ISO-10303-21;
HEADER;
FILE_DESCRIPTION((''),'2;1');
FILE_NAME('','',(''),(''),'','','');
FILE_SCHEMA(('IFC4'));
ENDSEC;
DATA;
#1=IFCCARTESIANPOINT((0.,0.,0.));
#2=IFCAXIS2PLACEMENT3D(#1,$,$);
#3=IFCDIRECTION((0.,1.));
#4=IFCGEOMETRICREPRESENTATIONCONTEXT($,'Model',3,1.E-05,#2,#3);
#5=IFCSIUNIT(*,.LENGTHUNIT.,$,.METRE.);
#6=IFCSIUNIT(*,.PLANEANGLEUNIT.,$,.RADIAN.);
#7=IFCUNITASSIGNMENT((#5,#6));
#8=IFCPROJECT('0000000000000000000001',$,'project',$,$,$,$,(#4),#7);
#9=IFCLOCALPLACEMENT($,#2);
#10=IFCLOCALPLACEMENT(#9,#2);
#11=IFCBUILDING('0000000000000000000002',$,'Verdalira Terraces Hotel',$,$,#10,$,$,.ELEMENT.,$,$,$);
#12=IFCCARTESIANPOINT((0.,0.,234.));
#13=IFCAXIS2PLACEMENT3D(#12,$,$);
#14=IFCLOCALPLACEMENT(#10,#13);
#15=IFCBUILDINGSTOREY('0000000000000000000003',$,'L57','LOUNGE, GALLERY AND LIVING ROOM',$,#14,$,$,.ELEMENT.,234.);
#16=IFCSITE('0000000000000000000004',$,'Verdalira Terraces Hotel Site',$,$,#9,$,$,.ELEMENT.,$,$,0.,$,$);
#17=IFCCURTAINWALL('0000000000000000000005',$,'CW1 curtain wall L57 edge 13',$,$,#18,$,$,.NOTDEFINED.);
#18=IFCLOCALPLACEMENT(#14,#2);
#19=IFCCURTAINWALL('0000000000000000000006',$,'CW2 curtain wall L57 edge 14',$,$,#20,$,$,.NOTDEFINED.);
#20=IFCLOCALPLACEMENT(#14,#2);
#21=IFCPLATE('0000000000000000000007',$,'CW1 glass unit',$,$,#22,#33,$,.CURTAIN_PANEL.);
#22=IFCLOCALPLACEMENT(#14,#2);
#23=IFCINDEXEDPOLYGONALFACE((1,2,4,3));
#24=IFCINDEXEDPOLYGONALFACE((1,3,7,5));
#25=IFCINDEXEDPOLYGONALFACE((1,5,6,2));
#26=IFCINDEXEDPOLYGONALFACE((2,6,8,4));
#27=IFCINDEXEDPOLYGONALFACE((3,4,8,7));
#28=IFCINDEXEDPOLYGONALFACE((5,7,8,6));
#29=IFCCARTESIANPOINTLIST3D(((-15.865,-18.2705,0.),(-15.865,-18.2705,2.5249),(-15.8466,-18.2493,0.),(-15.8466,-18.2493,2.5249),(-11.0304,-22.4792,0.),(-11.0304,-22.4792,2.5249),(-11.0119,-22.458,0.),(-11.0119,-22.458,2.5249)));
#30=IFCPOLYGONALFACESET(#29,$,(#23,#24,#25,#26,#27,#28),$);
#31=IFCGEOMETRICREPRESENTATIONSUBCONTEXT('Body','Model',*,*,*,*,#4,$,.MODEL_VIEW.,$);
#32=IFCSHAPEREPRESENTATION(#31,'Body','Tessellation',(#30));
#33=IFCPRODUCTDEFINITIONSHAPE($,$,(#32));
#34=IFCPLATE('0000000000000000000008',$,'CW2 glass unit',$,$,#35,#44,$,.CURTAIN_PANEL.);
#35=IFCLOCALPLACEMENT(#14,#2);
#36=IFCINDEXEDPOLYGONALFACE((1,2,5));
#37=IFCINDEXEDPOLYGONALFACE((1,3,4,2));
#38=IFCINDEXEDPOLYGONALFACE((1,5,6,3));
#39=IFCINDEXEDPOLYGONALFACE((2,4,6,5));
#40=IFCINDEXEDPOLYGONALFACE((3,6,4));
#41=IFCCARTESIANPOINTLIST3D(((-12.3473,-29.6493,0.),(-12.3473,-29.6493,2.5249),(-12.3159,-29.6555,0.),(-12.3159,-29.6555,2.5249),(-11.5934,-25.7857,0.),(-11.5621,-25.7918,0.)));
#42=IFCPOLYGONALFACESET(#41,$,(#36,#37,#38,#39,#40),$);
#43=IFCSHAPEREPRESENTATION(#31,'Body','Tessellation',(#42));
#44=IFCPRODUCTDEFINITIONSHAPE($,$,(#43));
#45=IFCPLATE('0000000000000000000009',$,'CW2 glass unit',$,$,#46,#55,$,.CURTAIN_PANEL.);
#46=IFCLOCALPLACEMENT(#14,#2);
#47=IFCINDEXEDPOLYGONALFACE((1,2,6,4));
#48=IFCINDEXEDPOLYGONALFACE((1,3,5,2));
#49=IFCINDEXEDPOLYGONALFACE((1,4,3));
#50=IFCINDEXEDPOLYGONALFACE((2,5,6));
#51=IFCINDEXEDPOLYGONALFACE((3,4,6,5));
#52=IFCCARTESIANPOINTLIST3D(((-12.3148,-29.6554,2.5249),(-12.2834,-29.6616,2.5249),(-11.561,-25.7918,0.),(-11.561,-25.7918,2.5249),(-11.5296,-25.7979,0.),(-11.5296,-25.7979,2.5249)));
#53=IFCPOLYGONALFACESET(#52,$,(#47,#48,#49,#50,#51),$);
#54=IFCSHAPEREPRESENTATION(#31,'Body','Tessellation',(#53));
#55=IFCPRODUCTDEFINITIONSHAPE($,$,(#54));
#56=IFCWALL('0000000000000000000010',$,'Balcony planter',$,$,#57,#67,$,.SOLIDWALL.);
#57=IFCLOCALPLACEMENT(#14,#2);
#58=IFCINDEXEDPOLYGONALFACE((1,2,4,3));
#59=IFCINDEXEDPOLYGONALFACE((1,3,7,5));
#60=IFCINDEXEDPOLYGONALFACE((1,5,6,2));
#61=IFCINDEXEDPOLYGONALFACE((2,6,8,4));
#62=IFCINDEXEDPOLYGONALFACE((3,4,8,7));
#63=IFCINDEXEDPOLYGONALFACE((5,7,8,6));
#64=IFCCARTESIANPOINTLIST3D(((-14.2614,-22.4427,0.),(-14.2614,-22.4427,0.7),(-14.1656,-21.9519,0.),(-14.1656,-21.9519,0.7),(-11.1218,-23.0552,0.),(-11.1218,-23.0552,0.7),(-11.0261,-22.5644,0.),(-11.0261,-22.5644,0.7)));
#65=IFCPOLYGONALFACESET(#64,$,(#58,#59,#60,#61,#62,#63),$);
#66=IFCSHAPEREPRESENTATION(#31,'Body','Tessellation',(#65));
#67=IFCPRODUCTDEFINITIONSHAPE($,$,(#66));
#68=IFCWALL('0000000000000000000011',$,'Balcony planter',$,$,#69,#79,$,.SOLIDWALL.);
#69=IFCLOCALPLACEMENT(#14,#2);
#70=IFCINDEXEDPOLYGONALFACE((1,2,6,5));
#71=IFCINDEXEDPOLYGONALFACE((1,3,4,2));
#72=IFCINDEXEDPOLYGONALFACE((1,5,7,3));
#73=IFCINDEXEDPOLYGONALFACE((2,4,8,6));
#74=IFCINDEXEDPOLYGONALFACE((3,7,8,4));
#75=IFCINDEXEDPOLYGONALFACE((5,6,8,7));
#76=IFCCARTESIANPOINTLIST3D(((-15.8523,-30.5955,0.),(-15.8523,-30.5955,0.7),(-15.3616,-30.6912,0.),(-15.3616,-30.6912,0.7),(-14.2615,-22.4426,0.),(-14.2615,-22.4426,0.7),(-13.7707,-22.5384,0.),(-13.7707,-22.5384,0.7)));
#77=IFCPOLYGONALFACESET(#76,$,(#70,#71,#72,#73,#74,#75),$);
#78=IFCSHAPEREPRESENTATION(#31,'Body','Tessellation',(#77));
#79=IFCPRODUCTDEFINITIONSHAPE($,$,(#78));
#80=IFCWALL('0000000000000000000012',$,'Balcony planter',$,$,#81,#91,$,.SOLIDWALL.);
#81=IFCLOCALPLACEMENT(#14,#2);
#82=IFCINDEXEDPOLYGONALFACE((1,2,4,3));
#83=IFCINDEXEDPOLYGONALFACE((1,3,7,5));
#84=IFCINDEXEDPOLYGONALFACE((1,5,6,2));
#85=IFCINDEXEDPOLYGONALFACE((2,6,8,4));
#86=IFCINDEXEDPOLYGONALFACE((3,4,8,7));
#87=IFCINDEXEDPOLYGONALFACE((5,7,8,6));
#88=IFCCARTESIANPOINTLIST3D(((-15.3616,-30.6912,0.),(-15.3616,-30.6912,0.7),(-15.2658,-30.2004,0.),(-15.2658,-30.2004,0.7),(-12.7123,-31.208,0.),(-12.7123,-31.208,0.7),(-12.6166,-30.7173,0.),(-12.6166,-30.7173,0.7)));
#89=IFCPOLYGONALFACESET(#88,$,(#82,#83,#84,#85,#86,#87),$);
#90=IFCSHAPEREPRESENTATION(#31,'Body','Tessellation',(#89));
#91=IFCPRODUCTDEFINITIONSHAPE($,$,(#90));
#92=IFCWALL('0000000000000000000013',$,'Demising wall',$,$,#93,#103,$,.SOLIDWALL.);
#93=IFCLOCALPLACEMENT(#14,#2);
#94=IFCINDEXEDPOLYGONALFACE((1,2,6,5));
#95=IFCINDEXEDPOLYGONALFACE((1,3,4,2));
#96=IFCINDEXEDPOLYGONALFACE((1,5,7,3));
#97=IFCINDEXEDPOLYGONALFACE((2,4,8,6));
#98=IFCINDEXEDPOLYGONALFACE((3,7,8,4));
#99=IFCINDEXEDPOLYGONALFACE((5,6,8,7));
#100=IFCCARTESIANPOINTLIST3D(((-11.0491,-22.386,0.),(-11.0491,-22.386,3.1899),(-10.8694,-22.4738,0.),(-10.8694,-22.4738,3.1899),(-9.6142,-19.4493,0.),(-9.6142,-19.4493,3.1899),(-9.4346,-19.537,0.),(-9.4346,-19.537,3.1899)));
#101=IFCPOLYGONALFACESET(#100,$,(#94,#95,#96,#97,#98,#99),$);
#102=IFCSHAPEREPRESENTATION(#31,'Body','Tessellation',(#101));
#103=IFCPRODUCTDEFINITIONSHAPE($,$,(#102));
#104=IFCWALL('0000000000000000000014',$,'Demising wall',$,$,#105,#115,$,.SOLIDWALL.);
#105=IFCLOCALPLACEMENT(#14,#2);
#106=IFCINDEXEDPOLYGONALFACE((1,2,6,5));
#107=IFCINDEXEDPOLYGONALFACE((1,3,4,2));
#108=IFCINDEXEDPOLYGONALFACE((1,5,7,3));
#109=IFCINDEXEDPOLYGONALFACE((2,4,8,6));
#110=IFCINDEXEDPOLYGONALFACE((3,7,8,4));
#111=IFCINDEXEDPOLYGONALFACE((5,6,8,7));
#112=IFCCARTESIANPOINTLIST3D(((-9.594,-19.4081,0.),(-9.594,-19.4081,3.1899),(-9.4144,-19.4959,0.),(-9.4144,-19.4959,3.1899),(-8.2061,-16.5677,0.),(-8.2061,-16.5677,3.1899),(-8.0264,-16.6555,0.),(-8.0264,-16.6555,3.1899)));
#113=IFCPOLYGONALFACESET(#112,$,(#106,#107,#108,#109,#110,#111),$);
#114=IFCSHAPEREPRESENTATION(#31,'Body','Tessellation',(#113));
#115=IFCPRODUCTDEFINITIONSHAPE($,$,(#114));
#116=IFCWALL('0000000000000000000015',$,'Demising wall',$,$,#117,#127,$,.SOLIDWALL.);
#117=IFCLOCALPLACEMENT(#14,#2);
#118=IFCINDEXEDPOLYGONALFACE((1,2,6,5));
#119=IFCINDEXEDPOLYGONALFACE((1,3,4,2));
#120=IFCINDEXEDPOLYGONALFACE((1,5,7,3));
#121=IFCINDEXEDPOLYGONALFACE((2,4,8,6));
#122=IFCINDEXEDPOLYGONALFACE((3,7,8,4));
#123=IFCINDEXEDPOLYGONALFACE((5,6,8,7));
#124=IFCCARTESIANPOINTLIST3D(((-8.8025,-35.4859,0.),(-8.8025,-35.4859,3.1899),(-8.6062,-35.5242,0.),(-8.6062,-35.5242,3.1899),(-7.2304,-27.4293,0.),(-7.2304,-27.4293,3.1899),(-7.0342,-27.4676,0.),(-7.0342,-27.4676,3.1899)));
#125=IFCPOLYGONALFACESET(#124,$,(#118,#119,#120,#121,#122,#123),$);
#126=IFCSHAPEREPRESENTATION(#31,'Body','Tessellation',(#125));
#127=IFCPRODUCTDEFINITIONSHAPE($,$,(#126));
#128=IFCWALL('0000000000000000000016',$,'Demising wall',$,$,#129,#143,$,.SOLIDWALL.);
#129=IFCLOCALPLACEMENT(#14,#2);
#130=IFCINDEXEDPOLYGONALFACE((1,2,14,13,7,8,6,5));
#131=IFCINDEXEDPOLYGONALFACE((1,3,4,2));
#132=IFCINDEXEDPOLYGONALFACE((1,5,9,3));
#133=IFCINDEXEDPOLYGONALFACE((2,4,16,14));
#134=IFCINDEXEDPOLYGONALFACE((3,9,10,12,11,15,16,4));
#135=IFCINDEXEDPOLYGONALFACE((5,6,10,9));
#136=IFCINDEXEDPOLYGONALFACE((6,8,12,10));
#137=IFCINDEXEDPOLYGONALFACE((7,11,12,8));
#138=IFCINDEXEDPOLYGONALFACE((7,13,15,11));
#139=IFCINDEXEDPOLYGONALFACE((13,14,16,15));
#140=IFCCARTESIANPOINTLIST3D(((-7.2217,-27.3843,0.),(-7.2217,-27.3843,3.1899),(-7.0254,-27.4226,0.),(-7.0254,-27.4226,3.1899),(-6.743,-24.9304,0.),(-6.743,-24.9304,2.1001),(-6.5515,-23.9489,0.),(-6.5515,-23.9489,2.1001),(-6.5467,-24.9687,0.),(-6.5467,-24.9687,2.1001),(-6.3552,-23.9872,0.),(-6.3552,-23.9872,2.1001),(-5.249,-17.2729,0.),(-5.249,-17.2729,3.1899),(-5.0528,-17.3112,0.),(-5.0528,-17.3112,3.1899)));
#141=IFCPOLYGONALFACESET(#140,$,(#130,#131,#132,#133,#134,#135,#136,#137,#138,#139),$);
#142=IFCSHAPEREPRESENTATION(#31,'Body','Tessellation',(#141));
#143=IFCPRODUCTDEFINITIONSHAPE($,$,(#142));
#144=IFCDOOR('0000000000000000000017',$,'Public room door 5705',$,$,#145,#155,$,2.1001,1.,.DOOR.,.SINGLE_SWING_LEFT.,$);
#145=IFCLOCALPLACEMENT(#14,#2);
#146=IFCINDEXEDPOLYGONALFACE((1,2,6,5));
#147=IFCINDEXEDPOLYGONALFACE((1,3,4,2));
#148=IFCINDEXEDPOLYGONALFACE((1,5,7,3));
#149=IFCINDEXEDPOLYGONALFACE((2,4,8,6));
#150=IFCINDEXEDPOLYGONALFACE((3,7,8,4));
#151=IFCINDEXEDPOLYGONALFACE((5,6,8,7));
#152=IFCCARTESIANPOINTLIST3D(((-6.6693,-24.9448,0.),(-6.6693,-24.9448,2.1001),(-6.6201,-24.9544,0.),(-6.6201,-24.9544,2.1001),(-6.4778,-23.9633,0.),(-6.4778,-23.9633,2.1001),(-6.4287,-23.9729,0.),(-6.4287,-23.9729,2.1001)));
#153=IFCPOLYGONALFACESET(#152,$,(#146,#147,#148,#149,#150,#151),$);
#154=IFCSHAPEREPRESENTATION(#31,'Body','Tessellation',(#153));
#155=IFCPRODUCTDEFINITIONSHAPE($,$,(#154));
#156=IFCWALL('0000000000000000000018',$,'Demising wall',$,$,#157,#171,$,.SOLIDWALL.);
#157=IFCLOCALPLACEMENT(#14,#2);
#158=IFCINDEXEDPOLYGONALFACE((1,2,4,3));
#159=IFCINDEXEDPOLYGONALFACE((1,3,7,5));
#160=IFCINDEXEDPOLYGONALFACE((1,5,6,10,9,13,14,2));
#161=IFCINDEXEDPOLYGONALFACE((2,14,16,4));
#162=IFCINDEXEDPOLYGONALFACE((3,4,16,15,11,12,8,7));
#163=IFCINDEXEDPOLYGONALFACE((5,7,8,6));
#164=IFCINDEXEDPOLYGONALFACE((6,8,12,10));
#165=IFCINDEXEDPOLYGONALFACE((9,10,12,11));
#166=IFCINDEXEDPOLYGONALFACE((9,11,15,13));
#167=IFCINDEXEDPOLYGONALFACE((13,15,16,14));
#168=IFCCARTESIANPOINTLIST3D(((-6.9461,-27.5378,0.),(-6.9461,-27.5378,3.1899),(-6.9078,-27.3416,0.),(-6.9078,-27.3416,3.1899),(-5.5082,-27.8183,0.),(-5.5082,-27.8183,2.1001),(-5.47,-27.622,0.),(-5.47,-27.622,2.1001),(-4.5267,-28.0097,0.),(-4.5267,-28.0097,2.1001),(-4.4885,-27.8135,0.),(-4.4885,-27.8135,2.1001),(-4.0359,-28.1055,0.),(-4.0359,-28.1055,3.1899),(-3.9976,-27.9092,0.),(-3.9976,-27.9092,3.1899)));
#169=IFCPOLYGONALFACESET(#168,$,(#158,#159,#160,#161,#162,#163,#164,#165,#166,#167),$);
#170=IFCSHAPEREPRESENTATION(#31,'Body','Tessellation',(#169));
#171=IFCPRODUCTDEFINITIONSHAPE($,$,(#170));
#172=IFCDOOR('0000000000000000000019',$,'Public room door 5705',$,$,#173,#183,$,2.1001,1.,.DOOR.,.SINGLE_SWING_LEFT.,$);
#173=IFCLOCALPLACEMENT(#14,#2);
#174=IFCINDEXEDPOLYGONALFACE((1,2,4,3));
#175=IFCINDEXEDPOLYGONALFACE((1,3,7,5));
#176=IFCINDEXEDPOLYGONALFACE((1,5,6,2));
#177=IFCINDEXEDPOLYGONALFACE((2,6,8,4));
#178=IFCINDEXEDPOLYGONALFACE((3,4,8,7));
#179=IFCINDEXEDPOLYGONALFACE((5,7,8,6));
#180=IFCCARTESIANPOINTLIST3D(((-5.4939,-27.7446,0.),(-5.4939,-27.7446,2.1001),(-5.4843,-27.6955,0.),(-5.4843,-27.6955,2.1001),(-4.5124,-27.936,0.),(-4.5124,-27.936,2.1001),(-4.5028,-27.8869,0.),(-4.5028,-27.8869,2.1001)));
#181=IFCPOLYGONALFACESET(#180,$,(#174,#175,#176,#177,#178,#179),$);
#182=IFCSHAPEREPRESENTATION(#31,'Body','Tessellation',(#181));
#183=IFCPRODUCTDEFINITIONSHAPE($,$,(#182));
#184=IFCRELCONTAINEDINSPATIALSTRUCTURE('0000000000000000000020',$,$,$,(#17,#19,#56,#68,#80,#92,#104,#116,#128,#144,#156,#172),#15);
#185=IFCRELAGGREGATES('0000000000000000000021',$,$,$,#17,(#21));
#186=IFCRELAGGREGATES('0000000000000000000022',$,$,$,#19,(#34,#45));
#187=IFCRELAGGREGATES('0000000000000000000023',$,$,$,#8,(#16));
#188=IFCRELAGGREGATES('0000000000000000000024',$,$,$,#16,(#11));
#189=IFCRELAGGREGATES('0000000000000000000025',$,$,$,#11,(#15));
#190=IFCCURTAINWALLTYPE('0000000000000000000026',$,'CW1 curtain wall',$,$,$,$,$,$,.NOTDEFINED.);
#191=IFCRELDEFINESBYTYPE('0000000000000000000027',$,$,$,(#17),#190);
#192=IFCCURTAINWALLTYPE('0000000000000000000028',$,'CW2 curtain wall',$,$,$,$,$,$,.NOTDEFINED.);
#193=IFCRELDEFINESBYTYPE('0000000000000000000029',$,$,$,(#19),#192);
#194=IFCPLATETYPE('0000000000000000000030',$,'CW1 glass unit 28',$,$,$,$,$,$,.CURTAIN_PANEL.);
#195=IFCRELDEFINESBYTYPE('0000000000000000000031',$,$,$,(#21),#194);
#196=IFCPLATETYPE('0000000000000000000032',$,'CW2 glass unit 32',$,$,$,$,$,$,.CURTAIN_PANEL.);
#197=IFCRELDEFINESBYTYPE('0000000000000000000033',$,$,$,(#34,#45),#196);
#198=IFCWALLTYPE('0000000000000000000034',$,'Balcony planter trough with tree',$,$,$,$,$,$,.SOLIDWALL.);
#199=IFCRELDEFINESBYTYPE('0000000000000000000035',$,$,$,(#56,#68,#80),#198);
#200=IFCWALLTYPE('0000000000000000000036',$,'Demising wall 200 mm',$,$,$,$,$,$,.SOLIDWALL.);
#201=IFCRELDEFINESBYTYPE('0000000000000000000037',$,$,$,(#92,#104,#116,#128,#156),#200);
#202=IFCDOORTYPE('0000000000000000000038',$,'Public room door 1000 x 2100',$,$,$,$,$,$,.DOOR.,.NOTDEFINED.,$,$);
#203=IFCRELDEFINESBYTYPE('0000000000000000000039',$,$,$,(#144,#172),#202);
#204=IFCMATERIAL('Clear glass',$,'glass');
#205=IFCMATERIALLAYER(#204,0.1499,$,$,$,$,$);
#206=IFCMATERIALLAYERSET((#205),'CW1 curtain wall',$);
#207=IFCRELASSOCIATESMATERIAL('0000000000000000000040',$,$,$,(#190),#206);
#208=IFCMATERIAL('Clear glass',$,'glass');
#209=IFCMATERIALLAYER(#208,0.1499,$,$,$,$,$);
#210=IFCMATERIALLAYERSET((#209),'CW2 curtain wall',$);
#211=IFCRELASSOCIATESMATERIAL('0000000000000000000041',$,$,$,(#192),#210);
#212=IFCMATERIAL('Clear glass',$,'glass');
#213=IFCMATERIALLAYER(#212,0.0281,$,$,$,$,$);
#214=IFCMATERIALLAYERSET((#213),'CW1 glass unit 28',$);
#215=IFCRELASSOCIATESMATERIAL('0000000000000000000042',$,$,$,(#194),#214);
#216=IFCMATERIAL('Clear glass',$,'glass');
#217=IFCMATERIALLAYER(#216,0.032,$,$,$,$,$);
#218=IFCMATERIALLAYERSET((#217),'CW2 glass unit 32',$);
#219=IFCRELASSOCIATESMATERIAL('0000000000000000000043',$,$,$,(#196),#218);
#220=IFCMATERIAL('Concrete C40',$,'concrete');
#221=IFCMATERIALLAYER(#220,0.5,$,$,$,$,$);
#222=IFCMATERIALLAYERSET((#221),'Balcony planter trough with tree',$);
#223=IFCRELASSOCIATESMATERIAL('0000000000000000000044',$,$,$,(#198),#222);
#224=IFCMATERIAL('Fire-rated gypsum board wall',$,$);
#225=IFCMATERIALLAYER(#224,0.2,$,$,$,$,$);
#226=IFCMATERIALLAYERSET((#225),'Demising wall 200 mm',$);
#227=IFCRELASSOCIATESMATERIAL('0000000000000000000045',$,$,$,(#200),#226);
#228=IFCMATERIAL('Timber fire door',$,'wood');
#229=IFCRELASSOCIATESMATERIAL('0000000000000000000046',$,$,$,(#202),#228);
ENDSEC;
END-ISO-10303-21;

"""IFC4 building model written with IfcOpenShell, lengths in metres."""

from ifc_helpers import new_model, si_unit, direction, frame, frame_2d, origin, origin_2d, place, context, subcontext, project, spatial, polyline, rectangle, outline, extrude, material, layer, layer_set, type_object, element, fill, aggregate, save


model = new_model("IFC4")

# Units and contexts
model_context = context("Model", 3, precision=1e-05, world=origin(), true_north=direction((0.0, 1.0)))
body_context = subcontext(model_context, "Body", "Model", "MODEL_VIEW")
ifc_project = project(units=[si_unit("LENGTHUNIT", "METRE"), si_unit("PLANEANGLEUNIT", "RADIAN")], contexts=[model_context])

# Site, building, storey
site_placement = place(None, origin())
site = spatial("IfcSite", under=ifc_project, at=site_placement, Name="Verdalira Terraces Hotel Site", CompositionType="ELEMENT", RefElevation=0.0)
building_placement = place(site_placement, origin())
building = spatial("IfcBuilding", under=site, at=building_placement, Name="Verdalira Terraces Hotel", CompositionType="ELEMENT")
storey_placement = place(building_placement, frame((0.0, 0.0, 234.0)))
storey = spatial("IfcBuildingStorey", under=building, at=storey_placement, Name="L57", Description="LOUNGE, GALLERY AND LIVING ROOM", CompositionType="ELEMENT", Elevation=234.0)

# Curtain wall
ifc_material_1 = material(Name="Clear glass", Category="glass")
ifc_layer_1 = layer(ifc_material_1, 0.1499)
ifc_layer_set_1 = layer_set([ifc_layer_1], Name="CW1 curtain wall")
curtain_wall_type_1 = type_object("IfcCurtainWallType", Name="CW1 curtain wall", PredefinedType="NOTDEFINED", material=ifc_layer_set_1)
curtain_wall_1_placement = place(storey_placement, origin())
curtain_wall_1 = element("IfcCurtainWall", 1, at=curtain_wall_1_placement, inside=storey, type_object=curtain_wall_type_1, Name="CW1 curtain wall L57 edge 13", PredefinedType="NOTDEFINED")

# Curtain wall
ifc_material_2 = material(Name="Clear glass", Category="glass")
ifc_layer_2 = layer(ifc_material_2, 0.1499)
ifc_layer_set_2 = layer_set([ifc_layer_2], Name="CW2 curtain wall")
curtain_wall_type_2 = type_object("IfcCurtainWallType", Name="CW2 curtain wall", PredefinedType="NOTDEFINED", material=ifc_layer_set_2)
curtain_wall_2_placement = place(storey_placement, origin())
curtain_wall_2 = element("IfcCurtainWall", 2, at=curtain_wall_2_placement, inside=storey, type_object=curtain_wall_type_2, Name="CW2 curtain wall L57 edge 14", PredefinedType="NOTDEFINED")

# Plates
ifc_material_3 = material(Name="Clear glass", Category="glass")
ifc_layer_3 = layer(ifc_material_3, 0.0281)
ifc_layer_set_3 = layer_set([ifc_layer_3], Name="CW1 glass unit 28")
plate_type_1 = type_object("IfcPlateType", Name="CW1 glass unit 28", PredefinedType="CURTAIN_PANEL", material=ifc_layer_set_3)
plate_1_placement = place(storey_placement, frame((-13.4385, -20.3643, 0.0), z_axis=(0.0, 0.0, 1.0), x_axis=(0.754251, -0.656586, 0.0)))
plate_1 = element("IfcPlate", 3, at=plate_1_placement, type_object=plate_type_1, Name="CW1 glass unit", PredefinedType="CURTAIN_PANEL", context=body_context, shape_type="SweptSolid", body=[
    extrude(rectangle(XDim=6.4099, YDim=0.0281, at=origin_2d()), origin(), (0.0, 0.0, 1.0), 2.5249),
])
aggregate(curtain_wall_1, [plate_1])
ifc_material_4 = material(Name="Clear glass", Category="glass")
ifc_layer_4 = layer(ifc_material_4, 0.032)
ifc_layer_set_4 = layer_set([ifc_layer_4], Name="CW2 glass unit 32")
plate_type_2 = type_object("IfcPlateType", Name="CW2 glass unit 32", PredefinedType="CURTAIN_PANEL", material=ifc_layer_set_4)
plate_2_placement = place(storey_placement, frame((-11.939, -27.7236, 1.2625), z_axis=(-0.981494, 0.191494, 0.0), x_axis=(-0.191494, -0.981494, 0.0)))
plate_2 = element("IfcPlate", 4, at=plate_2_placement, type_object=plate_type_2, Name="CW2 glass unit", PredefinedType="CURTAIN_PANEL", context=body_context, shape_type="SweptSolid", body=[
    extrude(outline(polyline([(-1.9683, -1.2625), (1.9683, -1.2625), (1.9683, 1.2625), (-1.9683, -1.2625)])), origin(), (0.0, 0.0, 1.0), 0.032),
])
plate_3_placement = place(storey_placement, frame((-11.9065, -27.7297, 1.2625), z_axis=(-0.981494, 0.191494, 0.0), x_axis=(-0.191494, -0.981494, 0.0)))
plate_3 = element("IfcPlate", 5, at=plate_3_placement, type_object=plate_type_2, Name="CW2 glass unit", PredefinedType="CURTAIN_PANEL", context=body_context, shape_type="SweptSolid", body=[
    extrude(outline(polyline([(-1.9683, -1.2625), (1.9683, 1.2625), (-1.9683, 1.2625), (-1.9683, -1.2625)])), origin(), (0.0, 0.0, 1.0), 0.032),
])
aggregate(curtain_wall_2, [plate_2, plate_3])

# Walls
ifc_material_5 = material(Name="Concrete C40", Category="concrete")
ifc_layer_5 = layer(ifc_material_5, 0.5)
ifc_layer_set_5 = layer_set([ifc_layer_5], Name="Balcony planter trough with tree")
wall_type_1 = type_object("IfcWallType", Name="Balcony planter trough with tree", PredefinedType="SOLIDWALL", material=ifc_layer_set_5)
wall_1_placement = place(storey_placement, frame((-11.074, -22.8098, 0.0), z_axis=(0.0, 0.0, 1.0), x_axis=(-0.981494, 0.191491, 0.0)))
element("IfcWall", 6, at=wall_1_placement, inside=storey, type_object=wall_type_1, Name="Balcony planter", PredefinedType="SOLIDWALL", context=body_context, shape_type="SweptSolid", body=[
    extrude(rectangle(XDim=3.1987, YDim=0.5, at=frame_2d((1.5994, 0.0))), origin(), (0.0, 0.0, 1.0), 0.7),
])
wall_2_placement = place(storey_placement, frame((-14.0161, -22.4905, 0.0), z_axis=(0.0, 0.0, 1.0), x_axis=(-0.191513, -0.98149, 0.0)))
element("IfcWall", 7, at=wall_2_placement, inside=storey, type_object=wall_type_1, Name="Balcony planter", PredefinedType="SOLIDWALL", context=body_context, shape_type="SweptSolid", body=[
    extrude(rectangle(XDim=8.3066, YDim=0.5, at=frame_2d((4.1533, 0.0))), origin(), (0.0, 0.0, 1.0), 0.7),
])
wall_3_placement = place(storey_placement, frame((-15.3137, -30.4458, 0.0), z_axis=(0.0, 0.0, 1.0), x_axis=(0.981495, -0.191487, 0.0)))
element("IfcWall", 8, at=wall_3_placement, inside=storey, type_object=wall_type_1, Name="Balcony planter", PredefinedType="SOLIDWALL", context=body_context, shape_type="SweptSolid", body=[
    extrude(rectangle(XDim=2.6992, YDim=0.5, at=frame_2d((1.3496, 0.0))), origin(), (0.0, 0.0, 1.0), 0.7),
])
ifc_material_6 = material(Name="Fire-rated gypsum board wall")
ifc_layer_6 = layer(ifc_material_6, 0.2)
ifc_layer_set_6 = layer_set([ifc_layer_6], Name="Demising wall 200 mm")
wall_type_2 = type_object("IfcWallType", Name="Demising wall 200 mm", PredefinedType="SOLIDWALL", material=ifc_layer_set_6)
wall_4_placement = place(storey_placement, frame((-10.9592, -22.4299, 0.0), z_axis=(0.0, 0.0, 1.0), x_axis=(0.438978, 0.898498, 0.0)))
element("IfcWall", 9, at=wall_4_placement, inside=storey, type_object=wall_type_2, Name="Demising wall", PredefinedType="SOLIDWALL", context=body_context, shape_type="SweptSolid", body=[
    extrude(rectangle(XDim=3.2686, YDim=0.2, at=frame_2d((1.6343, 0.0))), origin(), (0.0, 0.0, 1.0), 3.1899),
])
wall_5_placement = place(storey_placement, frame((-9.5041, -19.4519, 0.0), z_axis=(0.0, 0.0, 1.0), x_axis=(0.43904, 0.898468, 0.0)))
element("IfcWall", 10, at=wall_5_placement, inside=storey, type_object=wall_type_2, Name="Demising wall", PredefinedType="SOLIDWALL", context=body_context, shape_type="SweptSolid", body=[
    extrude(rectangle(XDim=3.1614, YDim=0.2, at=frame_2d((1.5806, 0.0))), origin(), (0.0, 0.0, 1.0), 3.1899),
])
wall_6_placement = place(storey_placement, frame((-7.1323, -27.4485, 0.0), z_axis=(0.0, 0.0, 1.0), x_axis=(-0.19151, -0.981491, 0.0)))
element("IfcWall", 11, at=wall_6_placement, inside=storey, type_object=wall_type_2, Name="Demising wall", PredefinedType="SOLIDWALL", context=body_context, shape_type="SweptSolid", body=[
    extrude(rectangle(XDim=8.2085, YDim=0.2, at=frame_2d((4.1042, 0.0))), origin(), (0.0, 0.0, 1.0), 3.1899),
])

# Walls, openings, doors
wall_7_placement = place(storey_placement, frame((-7.1235, -27.4033, 0.0), z_axis=(0.0, 0.0, 1.0), x_axis=(0.191484, 0.981496, 0.0)))
wall_7 = element("IfcWall", 12, at=wall_7_placement, inside=storey, type_object=wall_type_2, Name="Demising wall", PredefinedType="SOLIDWALL", context=body_context, shape_type="SweptSolid", body=[
    extrude(rectangle(XDim=10.302, YDim=0.2, at=frame_2d((5.1509, 0.0))), origin(), (0.0, 0.0, 1.0), 3.1899),
])
opening_1_placement = place(wall_7_placement, frame((2.5, 0.0, 0.0)))
opening_1 = element("IfcOpeningElement", 13, at=opening_1_placement, cuts=wall_7, PredefinedType="OPENING", context=body_context, shape_type="SweptSolid", body=[
    extrude(rectangle(XDim=1.0, YDim=2.1001, at=frame_2d((0.5, 1.05))), frame((0.0, 0.1099, 0.0), z_axis=(0.0, -1.0, 0.0), x_axis=(1.0, 0.0, 0.0)), (0.0, 0.0, 1.0), 0.22),
])
ifc_material_7 = material(Name="Timber fire door", Category="wood")
door_type_1 = type_object("IfcDoorType", Name="Public room door 1000 x 2100", OperationType="NOTDEFINED", PredefinedType="DOOR", material=ifc_material_7)
door_1_placement = place(opening_1_placement, origin())
door_1 = element("IfcDoor", 14, at=door_1_placement, inside=storey, type_object=door_type_1, Name="Public room door 5705", OperationType="SINGLE_SWING_LEFT", OverallHeight=2.1001, OverallWidth=1.0, PredefinedType="DOOR", context=body_context, shape_type="SweptSolid", body=[
    extrude(rectangle(XDim=1.0, YDim=2.1001, at=frame_2d((0.5, 1.05))), frame((0.0, 0.0249, 0.0), z_axis=(0.0, -1.0, 0.0), x_axis=(1.0, 0.0, 0.0)), (0.0, 0.0, 1.0), 0.05),
])
fill(opening_1, door_1)
wall_8_placement = place(storey_placement, frame((-4.0168, -28.0073, 0.0), z_axis=(0.0, 0.0, 1.0), x_axis=(-0.981504, 0.191443, 0.0)))
wall_8 = element("IfcWall", 15, at=wall_8_placement, inside=storey, type_object=wall_type_2, Name="Demising wall", PredefinedType="SOLIDWALL", context=body_context, shape_type="SweptSolid", body=[
    extrude(rectangle(XDim=2.9651, YDim=0.2, at=frame_2d((1.4824, 0.0))), origin(), (0.0, 0.0, 1.0), 3.1899),
])
opening_2_placement = place(wall_8_placement, frame((0.5, 0.0, 0.0)))
opening_2 = element("IfcOpeningElement", 16, at=opening_2_placement, cuts=wall_8, PredefinedType="OPENING", context=body_context, shape_type="SweptSolid", body=[
    extrude(rectangle(XDim=1.0, YDim=2.1001, at=frame_2d((0.5, 1.05))), frame((0.0, 0.1099, 0.0), z_axis=(0.0, -1.0, 0.0), x_axis=(1.0, 0.0, 0.0)), (0.0, 0.0, 1.0), 0.22),
])
door_2_placement = place(opening_2_placement, origin())
door_2 = element("IfcDoor", 17, at=door_2_placement, inside=storey, type_object=door_type_1, Name="Public room door 5705", OperationType="SINGLE_SWING_LEFT", OverallHeight=2.1001, OverallWidth=1.0, PredefinedType="DOOR", context=body_context, shape_type="SweptSolid", body=[
    extrude(rectangle(XDim=1.0, YDim=2.1001, at=frame_2d((0.5, 1.05))), frame((0.0, 0.0249, 0.0), z_axis=(0.0, -1.0, 0.0), x_axis=(1.0, 0.0, 0.0)), (0.0, 0.0, 1.0), 0.05),
])
fill(opening_2, door_2)

save(model, "model.ifc")
